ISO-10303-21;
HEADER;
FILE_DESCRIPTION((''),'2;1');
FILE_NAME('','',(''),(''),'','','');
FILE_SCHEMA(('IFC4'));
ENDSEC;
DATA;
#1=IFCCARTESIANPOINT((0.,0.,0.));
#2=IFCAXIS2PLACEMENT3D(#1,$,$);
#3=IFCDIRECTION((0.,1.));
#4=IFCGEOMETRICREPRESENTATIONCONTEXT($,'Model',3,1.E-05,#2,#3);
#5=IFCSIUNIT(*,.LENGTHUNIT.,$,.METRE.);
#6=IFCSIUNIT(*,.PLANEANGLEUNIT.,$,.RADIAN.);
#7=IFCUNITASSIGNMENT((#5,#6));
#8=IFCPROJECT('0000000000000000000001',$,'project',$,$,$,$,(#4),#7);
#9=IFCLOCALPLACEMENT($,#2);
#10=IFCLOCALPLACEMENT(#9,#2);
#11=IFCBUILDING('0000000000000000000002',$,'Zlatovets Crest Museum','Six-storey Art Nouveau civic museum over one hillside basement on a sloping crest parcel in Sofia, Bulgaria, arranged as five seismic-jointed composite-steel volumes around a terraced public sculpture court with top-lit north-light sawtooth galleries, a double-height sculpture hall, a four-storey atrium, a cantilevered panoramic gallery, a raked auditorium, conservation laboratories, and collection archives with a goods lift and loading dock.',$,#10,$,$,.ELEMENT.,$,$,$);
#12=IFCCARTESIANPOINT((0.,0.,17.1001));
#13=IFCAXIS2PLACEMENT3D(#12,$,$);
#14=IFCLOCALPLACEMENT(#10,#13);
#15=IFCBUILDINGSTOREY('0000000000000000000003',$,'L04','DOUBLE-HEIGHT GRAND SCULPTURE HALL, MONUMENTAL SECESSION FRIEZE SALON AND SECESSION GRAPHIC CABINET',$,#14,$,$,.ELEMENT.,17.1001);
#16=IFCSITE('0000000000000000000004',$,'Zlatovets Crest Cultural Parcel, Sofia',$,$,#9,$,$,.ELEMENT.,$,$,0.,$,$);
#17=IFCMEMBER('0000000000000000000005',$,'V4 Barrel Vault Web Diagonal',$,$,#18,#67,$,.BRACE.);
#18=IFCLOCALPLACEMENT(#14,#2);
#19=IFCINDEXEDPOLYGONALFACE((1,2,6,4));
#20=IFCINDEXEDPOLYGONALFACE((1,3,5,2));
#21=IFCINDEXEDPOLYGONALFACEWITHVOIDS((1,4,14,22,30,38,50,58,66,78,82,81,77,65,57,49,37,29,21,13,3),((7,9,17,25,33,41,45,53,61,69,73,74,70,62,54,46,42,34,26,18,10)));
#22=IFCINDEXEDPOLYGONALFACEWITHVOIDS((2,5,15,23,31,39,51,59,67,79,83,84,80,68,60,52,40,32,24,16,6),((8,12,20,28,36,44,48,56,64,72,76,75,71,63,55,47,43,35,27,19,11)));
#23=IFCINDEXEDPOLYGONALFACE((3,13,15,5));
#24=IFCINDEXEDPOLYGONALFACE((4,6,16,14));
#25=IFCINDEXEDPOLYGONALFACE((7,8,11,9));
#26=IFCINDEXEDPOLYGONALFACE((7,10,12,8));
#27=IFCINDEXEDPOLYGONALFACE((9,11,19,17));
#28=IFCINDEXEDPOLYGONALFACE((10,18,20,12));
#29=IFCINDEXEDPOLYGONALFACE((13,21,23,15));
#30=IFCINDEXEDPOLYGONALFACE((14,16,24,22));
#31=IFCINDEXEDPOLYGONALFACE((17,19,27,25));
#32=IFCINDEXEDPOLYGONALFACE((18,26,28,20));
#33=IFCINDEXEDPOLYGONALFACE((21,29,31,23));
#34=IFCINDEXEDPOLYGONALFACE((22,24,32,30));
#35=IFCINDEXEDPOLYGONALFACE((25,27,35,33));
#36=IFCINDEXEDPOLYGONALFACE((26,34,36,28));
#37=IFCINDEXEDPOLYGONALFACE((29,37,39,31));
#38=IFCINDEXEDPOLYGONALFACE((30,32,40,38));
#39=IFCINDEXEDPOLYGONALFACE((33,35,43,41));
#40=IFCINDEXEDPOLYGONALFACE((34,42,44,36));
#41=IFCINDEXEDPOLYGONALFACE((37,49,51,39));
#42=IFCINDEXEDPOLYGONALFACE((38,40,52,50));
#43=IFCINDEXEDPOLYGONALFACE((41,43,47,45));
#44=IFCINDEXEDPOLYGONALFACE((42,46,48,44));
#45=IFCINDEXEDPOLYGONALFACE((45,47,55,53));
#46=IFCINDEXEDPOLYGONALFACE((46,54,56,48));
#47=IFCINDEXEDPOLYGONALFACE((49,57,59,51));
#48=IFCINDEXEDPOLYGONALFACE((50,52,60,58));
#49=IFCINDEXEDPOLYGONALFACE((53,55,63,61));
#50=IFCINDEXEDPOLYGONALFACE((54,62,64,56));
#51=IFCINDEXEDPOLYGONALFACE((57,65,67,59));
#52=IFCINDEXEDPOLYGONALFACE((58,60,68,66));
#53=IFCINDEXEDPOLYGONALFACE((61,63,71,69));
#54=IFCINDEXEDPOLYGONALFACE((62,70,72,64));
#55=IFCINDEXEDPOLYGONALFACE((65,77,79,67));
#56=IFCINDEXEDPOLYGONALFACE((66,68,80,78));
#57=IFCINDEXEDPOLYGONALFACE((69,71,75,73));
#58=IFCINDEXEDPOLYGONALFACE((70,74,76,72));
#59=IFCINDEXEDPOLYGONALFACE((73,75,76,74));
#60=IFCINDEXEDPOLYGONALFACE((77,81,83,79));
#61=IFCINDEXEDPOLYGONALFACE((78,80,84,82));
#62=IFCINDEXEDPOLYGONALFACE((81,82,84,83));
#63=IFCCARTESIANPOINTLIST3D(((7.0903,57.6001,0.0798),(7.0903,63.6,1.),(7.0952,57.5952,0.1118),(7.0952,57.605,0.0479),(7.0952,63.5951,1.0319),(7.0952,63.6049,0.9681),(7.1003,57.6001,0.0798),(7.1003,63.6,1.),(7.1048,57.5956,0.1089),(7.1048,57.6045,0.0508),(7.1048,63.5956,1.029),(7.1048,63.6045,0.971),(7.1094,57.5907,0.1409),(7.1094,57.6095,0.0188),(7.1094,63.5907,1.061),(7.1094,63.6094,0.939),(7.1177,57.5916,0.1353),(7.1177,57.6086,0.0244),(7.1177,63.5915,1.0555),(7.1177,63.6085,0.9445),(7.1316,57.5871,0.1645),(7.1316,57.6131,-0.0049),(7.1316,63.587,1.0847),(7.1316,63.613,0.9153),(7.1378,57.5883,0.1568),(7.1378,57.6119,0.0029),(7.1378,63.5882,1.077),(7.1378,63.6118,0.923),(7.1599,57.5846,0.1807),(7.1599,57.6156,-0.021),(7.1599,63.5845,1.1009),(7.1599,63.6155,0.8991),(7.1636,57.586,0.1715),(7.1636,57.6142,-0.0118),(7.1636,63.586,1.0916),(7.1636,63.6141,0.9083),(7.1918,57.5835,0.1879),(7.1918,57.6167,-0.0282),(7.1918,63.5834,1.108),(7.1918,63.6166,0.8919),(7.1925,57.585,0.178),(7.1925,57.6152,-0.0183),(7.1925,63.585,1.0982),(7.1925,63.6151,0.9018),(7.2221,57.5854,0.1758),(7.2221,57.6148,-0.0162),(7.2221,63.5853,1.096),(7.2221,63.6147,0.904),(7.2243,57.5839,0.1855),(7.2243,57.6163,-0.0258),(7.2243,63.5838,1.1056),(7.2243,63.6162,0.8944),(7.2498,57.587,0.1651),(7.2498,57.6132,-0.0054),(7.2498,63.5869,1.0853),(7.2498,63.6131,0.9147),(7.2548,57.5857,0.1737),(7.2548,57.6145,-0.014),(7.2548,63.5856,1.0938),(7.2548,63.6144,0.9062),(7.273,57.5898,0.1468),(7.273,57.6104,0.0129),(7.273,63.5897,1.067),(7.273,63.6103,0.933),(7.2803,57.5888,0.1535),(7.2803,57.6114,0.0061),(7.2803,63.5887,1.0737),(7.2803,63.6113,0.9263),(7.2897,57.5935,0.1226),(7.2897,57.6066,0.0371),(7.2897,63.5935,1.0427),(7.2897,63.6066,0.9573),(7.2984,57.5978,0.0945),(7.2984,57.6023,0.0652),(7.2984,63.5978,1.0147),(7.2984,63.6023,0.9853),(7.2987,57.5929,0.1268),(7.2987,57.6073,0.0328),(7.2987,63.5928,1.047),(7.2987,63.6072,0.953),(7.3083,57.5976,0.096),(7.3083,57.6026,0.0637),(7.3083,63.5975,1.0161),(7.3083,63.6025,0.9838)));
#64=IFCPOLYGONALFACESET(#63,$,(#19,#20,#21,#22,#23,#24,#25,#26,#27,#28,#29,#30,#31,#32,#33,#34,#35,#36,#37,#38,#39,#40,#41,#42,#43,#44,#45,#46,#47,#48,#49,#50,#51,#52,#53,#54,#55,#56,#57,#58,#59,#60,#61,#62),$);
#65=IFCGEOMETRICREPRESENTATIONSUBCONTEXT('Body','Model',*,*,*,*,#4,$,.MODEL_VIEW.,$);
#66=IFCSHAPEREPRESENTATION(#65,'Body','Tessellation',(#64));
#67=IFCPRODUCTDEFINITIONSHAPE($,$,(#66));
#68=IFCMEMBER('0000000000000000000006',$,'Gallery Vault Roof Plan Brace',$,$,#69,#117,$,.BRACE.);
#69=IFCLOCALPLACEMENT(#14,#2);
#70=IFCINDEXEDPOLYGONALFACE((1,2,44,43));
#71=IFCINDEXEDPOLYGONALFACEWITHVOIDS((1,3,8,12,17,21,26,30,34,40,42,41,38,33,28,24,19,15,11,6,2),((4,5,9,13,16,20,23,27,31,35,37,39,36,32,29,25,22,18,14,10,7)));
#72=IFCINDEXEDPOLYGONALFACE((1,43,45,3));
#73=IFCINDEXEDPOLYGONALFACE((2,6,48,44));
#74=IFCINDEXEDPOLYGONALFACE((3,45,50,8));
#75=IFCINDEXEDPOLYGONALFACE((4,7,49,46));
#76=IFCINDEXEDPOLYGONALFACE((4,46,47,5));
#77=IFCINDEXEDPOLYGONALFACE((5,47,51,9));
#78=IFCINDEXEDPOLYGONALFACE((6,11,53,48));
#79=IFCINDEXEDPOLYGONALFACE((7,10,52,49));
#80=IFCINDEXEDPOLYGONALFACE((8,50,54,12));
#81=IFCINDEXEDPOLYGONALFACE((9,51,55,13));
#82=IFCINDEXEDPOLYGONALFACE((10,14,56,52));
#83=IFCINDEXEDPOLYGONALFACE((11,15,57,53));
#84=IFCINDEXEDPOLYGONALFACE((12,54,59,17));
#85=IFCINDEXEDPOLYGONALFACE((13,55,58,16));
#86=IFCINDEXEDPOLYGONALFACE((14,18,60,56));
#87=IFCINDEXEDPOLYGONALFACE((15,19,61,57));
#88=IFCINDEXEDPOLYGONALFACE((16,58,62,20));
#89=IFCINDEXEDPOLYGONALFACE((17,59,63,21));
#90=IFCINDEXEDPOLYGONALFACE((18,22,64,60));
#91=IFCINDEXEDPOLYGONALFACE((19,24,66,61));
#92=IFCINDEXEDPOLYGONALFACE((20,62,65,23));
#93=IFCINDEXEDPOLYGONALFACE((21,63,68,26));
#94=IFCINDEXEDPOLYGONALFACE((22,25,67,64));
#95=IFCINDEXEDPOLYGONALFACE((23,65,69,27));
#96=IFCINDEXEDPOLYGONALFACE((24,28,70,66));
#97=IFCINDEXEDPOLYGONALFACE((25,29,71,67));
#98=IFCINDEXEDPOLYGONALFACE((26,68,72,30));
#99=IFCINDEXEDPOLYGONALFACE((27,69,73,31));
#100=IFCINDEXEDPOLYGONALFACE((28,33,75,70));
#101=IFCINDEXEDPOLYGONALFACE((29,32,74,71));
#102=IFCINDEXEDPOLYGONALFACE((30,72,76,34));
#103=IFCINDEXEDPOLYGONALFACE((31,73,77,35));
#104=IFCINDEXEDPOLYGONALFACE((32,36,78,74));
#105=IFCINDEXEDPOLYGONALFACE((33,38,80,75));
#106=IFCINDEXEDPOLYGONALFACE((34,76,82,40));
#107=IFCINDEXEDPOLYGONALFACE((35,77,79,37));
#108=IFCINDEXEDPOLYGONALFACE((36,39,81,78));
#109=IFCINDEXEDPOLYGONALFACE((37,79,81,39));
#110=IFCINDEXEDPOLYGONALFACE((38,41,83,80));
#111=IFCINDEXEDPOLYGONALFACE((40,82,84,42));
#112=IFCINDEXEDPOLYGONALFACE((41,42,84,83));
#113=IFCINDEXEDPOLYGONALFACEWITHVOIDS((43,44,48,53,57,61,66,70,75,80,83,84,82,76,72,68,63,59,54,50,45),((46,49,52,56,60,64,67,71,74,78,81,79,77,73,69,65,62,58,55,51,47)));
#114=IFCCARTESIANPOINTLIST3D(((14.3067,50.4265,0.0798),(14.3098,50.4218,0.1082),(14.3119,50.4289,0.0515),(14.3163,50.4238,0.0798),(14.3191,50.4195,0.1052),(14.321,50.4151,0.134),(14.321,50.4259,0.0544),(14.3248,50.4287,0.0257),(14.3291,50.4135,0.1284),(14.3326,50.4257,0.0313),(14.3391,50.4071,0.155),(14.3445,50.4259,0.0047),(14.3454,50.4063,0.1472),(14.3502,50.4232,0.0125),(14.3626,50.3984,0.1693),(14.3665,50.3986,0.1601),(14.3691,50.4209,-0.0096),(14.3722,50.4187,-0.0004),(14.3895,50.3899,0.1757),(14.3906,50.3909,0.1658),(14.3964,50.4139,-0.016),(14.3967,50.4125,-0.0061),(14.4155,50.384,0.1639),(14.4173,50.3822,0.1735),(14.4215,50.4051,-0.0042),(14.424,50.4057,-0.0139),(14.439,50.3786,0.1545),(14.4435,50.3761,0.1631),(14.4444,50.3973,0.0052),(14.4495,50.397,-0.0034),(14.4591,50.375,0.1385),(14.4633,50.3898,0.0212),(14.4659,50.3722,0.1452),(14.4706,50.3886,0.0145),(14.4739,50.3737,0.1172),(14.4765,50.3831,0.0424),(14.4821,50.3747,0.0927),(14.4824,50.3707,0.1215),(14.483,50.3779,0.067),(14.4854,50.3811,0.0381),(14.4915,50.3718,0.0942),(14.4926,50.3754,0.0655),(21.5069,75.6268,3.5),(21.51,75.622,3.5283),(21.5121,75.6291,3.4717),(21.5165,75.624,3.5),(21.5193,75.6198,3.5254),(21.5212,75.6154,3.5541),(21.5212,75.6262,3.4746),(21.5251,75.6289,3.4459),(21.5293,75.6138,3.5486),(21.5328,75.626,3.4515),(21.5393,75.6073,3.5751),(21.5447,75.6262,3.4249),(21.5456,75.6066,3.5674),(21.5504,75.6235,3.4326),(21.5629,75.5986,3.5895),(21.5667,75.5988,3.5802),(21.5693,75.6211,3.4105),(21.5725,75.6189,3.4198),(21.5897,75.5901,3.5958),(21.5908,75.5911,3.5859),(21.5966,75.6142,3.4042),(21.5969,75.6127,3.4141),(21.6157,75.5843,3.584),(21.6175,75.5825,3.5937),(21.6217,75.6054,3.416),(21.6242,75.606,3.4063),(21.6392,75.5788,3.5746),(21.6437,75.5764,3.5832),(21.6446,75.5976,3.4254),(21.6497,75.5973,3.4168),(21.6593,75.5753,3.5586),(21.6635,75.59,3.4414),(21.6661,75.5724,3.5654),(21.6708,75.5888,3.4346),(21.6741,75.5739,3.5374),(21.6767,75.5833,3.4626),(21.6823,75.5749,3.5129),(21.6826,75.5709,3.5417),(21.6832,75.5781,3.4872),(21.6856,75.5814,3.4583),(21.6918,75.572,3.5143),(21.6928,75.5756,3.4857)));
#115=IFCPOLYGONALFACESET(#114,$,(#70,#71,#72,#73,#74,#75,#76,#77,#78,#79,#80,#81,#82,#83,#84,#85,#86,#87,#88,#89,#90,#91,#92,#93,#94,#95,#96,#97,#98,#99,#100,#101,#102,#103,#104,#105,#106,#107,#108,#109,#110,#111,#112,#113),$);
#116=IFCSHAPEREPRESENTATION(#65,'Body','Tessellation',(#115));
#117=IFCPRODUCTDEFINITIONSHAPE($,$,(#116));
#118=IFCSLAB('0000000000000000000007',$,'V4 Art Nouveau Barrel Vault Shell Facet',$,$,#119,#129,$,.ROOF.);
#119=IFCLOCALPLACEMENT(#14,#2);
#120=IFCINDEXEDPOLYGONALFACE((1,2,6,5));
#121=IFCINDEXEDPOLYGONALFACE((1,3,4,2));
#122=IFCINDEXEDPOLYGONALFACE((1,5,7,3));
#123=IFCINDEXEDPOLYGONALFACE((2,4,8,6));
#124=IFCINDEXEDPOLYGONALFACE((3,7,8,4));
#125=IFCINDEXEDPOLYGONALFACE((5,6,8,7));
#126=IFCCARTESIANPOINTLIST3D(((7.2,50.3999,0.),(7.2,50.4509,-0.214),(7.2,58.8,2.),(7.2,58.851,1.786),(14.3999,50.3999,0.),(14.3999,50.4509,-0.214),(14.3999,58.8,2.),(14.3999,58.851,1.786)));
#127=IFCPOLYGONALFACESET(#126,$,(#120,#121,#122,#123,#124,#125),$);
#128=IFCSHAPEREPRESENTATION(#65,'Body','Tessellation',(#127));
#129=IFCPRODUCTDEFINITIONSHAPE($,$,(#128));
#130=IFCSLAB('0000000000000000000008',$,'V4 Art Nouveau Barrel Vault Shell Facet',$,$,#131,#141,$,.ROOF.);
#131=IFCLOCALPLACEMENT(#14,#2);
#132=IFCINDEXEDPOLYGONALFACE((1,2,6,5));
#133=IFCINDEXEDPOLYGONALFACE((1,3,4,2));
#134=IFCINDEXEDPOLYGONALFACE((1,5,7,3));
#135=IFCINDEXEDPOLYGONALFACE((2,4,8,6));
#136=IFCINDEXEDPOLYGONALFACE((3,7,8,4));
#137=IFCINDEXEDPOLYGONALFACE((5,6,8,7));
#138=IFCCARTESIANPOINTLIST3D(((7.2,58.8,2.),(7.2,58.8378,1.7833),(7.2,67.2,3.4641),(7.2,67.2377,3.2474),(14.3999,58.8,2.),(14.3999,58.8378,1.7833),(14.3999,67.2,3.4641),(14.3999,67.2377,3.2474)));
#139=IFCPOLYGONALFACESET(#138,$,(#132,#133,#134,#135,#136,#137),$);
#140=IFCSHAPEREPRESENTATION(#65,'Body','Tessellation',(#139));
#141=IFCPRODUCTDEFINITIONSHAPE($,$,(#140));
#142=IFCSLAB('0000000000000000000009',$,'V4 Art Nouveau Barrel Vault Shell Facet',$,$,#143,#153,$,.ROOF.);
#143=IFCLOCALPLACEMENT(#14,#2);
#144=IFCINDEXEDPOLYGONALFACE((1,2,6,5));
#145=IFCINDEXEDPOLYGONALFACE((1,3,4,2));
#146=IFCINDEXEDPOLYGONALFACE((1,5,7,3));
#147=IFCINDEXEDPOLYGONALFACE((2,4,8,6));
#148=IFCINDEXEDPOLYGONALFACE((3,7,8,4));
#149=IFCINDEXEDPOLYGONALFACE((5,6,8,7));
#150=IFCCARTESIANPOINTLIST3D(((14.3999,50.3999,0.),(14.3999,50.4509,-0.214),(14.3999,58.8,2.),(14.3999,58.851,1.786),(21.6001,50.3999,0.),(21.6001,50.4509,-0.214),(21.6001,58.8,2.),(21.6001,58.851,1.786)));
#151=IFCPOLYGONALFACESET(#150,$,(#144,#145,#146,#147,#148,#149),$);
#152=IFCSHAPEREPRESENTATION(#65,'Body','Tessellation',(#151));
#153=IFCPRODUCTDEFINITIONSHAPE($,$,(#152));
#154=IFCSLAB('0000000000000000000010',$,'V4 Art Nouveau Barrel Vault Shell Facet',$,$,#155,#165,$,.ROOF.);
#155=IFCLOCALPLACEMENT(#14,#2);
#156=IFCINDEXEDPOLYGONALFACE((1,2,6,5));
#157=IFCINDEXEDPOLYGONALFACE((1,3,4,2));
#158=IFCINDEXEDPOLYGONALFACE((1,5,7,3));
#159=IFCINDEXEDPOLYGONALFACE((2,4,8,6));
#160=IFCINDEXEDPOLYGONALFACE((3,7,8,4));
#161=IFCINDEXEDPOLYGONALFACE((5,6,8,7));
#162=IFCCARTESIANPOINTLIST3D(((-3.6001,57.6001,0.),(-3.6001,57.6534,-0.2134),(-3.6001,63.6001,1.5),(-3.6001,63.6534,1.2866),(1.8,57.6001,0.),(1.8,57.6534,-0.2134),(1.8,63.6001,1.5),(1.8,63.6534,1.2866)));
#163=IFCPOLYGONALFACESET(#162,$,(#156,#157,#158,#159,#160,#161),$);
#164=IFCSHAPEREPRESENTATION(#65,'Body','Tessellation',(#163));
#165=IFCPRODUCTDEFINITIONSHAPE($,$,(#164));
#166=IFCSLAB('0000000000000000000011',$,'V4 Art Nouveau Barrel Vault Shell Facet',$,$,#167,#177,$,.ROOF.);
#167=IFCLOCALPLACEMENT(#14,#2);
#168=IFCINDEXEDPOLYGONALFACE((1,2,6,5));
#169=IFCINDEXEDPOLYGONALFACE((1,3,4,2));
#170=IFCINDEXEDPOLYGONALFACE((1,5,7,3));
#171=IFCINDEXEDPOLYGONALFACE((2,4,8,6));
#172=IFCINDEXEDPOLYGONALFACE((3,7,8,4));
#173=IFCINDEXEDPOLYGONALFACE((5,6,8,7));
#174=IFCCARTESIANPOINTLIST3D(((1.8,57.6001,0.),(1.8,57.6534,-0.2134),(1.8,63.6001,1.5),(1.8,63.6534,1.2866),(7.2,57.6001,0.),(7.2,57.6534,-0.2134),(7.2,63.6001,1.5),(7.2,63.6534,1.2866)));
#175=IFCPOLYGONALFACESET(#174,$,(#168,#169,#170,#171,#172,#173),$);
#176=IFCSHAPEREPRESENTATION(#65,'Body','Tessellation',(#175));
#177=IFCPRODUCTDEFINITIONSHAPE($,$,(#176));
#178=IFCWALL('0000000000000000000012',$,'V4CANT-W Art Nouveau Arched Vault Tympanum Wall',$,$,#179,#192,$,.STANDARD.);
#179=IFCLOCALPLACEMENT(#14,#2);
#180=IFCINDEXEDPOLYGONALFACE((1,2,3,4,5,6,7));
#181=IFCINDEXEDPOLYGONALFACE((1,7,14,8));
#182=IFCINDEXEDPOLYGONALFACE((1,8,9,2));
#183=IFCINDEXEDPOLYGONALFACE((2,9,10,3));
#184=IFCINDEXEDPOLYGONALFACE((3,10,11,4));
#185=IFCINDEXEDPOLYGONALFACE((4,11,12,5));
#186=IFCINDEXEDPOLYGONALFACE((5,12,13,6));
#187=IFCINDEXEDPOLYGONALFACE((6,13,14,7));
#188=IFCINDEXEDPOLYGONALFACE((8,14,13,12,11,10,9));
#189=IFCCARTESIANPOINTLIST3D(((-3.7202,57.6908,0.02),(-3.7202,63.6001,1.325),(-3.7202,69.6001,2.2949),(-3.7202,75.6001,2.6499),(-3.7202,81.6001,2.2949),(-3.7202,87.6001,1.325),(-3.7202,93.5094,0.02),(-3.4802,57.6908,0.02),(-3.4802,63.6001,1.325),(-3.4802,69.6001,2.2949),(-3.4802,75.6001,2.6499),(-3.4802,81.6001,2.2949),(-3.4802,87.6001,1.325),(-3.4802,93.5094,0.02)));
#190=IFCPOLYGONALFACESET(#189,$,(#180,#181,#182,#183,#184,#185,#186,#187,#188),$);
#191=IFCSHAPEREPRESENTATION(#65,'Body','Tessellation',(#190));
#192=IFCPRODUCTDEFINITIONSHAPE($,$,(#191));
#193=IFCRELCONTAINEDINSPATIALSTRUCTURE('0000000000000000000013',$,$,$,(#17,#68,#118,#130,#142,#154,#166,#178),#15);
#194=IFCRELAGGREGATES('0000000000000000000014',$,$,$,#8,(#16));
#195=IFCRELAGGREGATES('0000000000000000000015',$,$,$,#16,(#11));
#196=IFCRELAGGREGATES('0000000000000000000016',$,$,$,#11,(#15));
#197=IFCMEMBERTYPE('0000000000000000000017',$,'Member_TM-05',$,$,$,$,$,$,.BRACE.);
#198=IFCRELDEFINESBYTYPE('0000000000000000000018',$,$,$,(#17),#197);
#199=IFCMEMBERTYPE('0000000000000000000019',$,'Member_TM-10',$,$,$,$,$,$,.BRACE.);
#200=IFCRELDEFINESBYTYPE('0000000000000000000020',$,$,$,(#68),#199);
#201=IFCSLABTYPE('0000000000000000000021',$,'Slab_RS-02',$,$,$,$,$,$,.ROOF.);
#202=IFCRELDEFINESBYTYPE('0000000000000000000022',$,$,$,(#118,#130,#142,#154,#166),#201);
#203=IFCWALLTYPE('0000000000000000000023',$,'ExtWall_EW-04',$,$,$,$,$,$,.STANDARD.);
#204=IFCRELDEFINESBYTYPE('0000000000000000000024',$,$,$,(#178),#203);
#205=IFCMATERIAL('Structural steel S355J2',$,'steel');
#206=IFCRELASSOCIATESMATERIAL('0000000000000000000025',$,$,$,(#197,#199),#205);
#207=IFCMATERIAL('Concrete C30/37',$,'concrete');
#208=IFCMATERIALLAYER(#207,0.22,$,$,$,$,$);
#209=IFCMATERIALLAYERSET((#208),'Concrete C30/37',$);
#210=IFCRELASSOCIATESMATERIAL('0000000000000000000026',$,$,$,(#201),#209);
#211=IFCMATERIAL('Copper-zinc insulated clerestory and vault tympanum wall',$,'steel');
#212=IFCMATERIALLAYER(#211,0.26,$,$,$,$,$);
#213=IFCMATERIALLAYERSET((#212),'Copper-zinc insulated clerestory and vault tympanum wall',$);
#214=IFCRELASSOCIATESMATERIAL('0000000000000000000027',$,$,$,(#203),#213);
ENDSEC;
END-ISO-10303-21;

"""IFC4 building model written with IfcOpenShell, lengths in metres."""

from ifc_helpers import new_model, si_unit, direction, frame, origin, origin_2d, place, context, subcontext, project, spatial, polyline, hollow_circle, outline, extrude, material, layer, layer_set, material_profile, profile_set, type_object, element, save


model = new_model("IFC4")

# Units and contexts
model_context = context("Model", 3, precision=1e-05, world=origin(), true_north=direction((0.0, 1.0)))
body_context = subcontext(model_context, "Body", "Model", "MODEL_VIEW")
ifc_project = project(units=[si_unit("LENGTHUNIT", "METRE"), si_unit("PLANEANGLEUNIT", "RADIAN")], contexts=[model_context])

# Site, building, storey
site_placement = place(None, origin())
site = spatial("IfcSite", under=ifc_project, at=site_placement, Name="Zlatovets Crest Cultural Parcel, Sofia", CompositionType="ELEMENT", RefElevation=0.0)
building_placement = place(site_placement, origin())
building = spatial("IfcBuilding", under=site, at=building_placement, Name="Zlatovets Crest Museum", Description="Six-storey Art Nouveau civic museum over one hillside basement on a sloping crest parcel in Sofia, Bulgaria, arranged as five seismic-jointed composite-steel volumes around a terraced public sculpture court with top-lit north-light sawtooth galleries, a double-height sculpture hall, a four-storey atrium, a cantilevered panoramic gallery, a raked auditorium, conservation laboratories, and collection archives with a goods lift and loading dock.", CompositionType="ELEMENT")
storey_placement = place(building_placement, frame((0.0, 0.0, 17.1001)))
storey = spatial("IfcBuildingStorey", under=building, at=storey_placement, Name="L04", Description="DOUBLE-HEIGHT GRAND SCULPTURE HALL, MONUMENTAL SECESSION FRIEZE SALON AND SECESSION GRAPHIC CABINET", CompositionType="ELEMENT", Elevation=17.1001)

# Shared definitions
ifc_material_1 = material(Name="Structural steel S355J2", Category="steel")

# Members
ifc_material_profile_1 = material_profile(ifc_material_1, hollow_circle(Radius=0.1096, WallThickness=0.01, at=origin_2d()), Name="CHS 219.1x10.0")
ifc_profile_set_1 = profile_set([ifc_material_profile_1], Name="Structural steel S355J2")
member_type_1 = type_object("IfcMemberType", Name="Member_TM-05", PredefinedType="BRACE", material=ifc_profile_set_1)
for number, where, z_axis, x_axis, name in (
    (1, (7.2, 57.6001, 0.0798), (0.0, 0.988444, 0.151589), (-1.0, 0.0, 0.0), "V4 Barrel Vault Web Diagonal"),
):
    element("IfcMember", number, at=place(storey_placement, frame(where, z_axis=z_axis, x_axis=x_axis)), inside=storey, type_object=member_type_1, Name=name, PredefinedType="BRACE", context=body_context, shape_type="SweptSolid", body=[
        extrude(hollow_circle(Radius=0.1096, WallThickness=0.01, at=origin_2d()), origin(), (0.0, 0.0, 1.0), 6.0701),
    ])
ifc_material_profile_2 = material_profile(ifc_material_1, hollow_circle(Radius=0.0969, WallThickness=0.01, at=origin_2d()), Name="CHS 193.7x10.0")
ifc_profile_set_2 = profile_set([ifc_material_profile_2], Name="Structural steel S355J2")
member_type_2 = type_object("IfcMemberType", Name="Member_TM-10", PredefinedType="BRACE", material=ifc_profile_set_2)
member_1_placement = place(storey_placement, frame((14.3999, 50.3999, 0.0798), z_axis=(0.272416, 0.953438, 0.1294), x_axis=(-0.961523, 0.274726, 0.0)))
element("IfcMember", 2, at=member_1_placement, inside=storey, type_object=member_type_2, Name="Gallery Vault Roof Plan Brace", PredefinedType="BRACE", context=body_context, shape_type="SweptSolid", body=[
    extrude(hollow_circle(Radius=0.0969, WallThickness=0.01, at=origin_2d()), origin(), (0.0, 0.0, 1.0), 26.4309),
])

# Slabs
ifc_material_2 = material(Name="Concrete C30/37", Category="concrete")
ifc_layer_1 = layer(ifc_material_2, 0.22)
ifc_layer_set_1 = layer_set([ifc_layer_1], Name="Concrete C30/37")
slab_type = type_object("IfcSlabType", Name="Slab_RS-02", PredefinedType="ROOF", material=ifc_layer_set_1)
slab_1_placement = place(storey_placement, frame((7.2, 50.3999, 0.0), z_axis=(0.0, -0.231617, 0.972807), x_axis=(1.0, 0.0, 0.0)))
element("IfcSlab", 3, at=slab_1_placement, inside=storey, type_object=slab_type, Name="V4 Art Nouveau Barrel Vault Shell Facet", PredefinedType="ROOF", context=body_context, shape_type="SweptSolid", body=[
    extrude(outline(polyline([(0.0, 0.0), (7.2, 0.0), (7.2, 8.635), (0.0, 8.635), (0.0, 0.0)])), origin(), (0.0, 0.0, -1.0), 0.22),
])
slab_2_placement = place(storey_placement, frame((7.2, 58.8, 2.0), z_axis=(0.0, -0.171712, 0.985147), x_axis=(1.0, 0.0, 0.0)))
element("IfcSlab", 4, at=slab_2_placement, inside=storey, type_object=slab_type, Name="V4 Art Nouveau Barrel Vault Shell Facet", PredefinedType="ROOF", context=body_context, shape_type="SweptSolid", body=[
    extrude(outline(polyline([(0.0, 0.0), (7.2, 0.0), (7.2, 8.5265), (0.0, 8.5265), (0.0, 0.0)])), origin(), (0.0, 0.0, -1.0), 0.22),
])
slab_3_placement = place(storey_placement, frame((14.3999, 50.3999, 0.0), z_axis=(0.0, -0.231617, 0.972807), x_axis=(1.0, 0.0, 0.0)))
element("IfcSlab", 5, at=slab_3_placement, inside=storey, type_object=slab_type, Name="V4 Art Nouveau Barrel Vault Shell Facet", PredefinedType="ROOF", context=body_context, shape_type="SweptSolid", body=[
    extrude(outline(polyline([(0.0, 0.0), (7.2002, 0.0), (7.2002, 8.635), (0.0, 8.635), (0.0, 0.0)])), origin(), (0.0, 0.0, -1.0), 0.22),
])
slab_4_placement = place(storey_placement, frame((-3.6001, 57.6001, 0.0), z_axis=(0.0, -0.242536, 0.970143), x_axis=(1.0, 0.0, 0.0)))
element("IfcSlab", 6, at=slab_4_placement, inside=storey, type_object=slab_type, Name="V4 Art Nouveau Barrel Vault Shell Facet", PredefinedType="ROOF", context=body_context, shape_type="SweptSolid", body=[
    extrude(outline(polyline([(0.0, 0.0), (5.4001, 0.0), (5.4001, 6.1847), (0.0, 6.1847), (0.0, 0.0)])), origin(), (0.0, 0.0, -1.0), 0.22),
])
slab_5_placement = place(storey_placement, frame((1.8, 57.6001, 0.0), z_axis=(0.0, -0.242536, 0.970143), x_axis=(1.0, 0.0, 0.0)))
element("IfcSlab", 7, at=slab_5_placement, inside=storey, type_object=slab_type, Name="V4 Art Nouveau Barrel Vault Shell Facet", PredefinedType="ROOF", context=body_context, shape_type="SweptSolid", body=[
    extrude(outline(polyline([(0.0, 0.0), (5.3999, 0.0), (5.3999, 6.1847), (0.0, 6.1847), (0.0, 0.0)])), origin(), (0.0, 0.0, -1.0), 0.22),
])

# Wall
ifc_material_3 = material(Name="Copper-zinc insulated clerestory and vault tympanum wall", Category="steel")
ifc_layer_2 = layer(ifc_material_3, 0.26)
ifc_layer_set_2 = layer_set([ifc_layer_2], Name="Copper-zinc insulated clerestory and vault tympanum wall")
wall_type = type_object("IfcWallType", Name="ExtWall_EW-04", PredefinedType="STANDARD", material=ifc_layer_set_2)
wall_placement = place(storey_placement, frame((-3.6001, 57.6001, 0.02), z_axis=(0.0, 0.0, 1.0), x_axis=(0.0, 1.0, 0.0)))
element("IfcWall", 8, at=wall_placement, inside=storey, type_object=wall_type, Name="V4CANT-W Art Nouveau Arched Vault Tympanum Wall", PredefinedType="STANDARD", context=body_context, shape_type="SweptSolid", body=[
    extrude(outline(polyline([(0.0, 0.0), (36.0, 0.0), (36.0, -0.02), (30.0, 1.3049), (24.0, 2.2749), (18.0, 2.6299), (12.0, 2.2749), (6.0, 1.3049), (0.0, -0.02), (0.0, 0.0)])), frame((0.0, 0.1201, 0.0), z_axis=(0.0, -1.0, 0.0), x_axis=(1.0, 0.0, 0.0)), (0.0, 0.0, 1.0), 0.24),
])

save(model, "model.ifc")
